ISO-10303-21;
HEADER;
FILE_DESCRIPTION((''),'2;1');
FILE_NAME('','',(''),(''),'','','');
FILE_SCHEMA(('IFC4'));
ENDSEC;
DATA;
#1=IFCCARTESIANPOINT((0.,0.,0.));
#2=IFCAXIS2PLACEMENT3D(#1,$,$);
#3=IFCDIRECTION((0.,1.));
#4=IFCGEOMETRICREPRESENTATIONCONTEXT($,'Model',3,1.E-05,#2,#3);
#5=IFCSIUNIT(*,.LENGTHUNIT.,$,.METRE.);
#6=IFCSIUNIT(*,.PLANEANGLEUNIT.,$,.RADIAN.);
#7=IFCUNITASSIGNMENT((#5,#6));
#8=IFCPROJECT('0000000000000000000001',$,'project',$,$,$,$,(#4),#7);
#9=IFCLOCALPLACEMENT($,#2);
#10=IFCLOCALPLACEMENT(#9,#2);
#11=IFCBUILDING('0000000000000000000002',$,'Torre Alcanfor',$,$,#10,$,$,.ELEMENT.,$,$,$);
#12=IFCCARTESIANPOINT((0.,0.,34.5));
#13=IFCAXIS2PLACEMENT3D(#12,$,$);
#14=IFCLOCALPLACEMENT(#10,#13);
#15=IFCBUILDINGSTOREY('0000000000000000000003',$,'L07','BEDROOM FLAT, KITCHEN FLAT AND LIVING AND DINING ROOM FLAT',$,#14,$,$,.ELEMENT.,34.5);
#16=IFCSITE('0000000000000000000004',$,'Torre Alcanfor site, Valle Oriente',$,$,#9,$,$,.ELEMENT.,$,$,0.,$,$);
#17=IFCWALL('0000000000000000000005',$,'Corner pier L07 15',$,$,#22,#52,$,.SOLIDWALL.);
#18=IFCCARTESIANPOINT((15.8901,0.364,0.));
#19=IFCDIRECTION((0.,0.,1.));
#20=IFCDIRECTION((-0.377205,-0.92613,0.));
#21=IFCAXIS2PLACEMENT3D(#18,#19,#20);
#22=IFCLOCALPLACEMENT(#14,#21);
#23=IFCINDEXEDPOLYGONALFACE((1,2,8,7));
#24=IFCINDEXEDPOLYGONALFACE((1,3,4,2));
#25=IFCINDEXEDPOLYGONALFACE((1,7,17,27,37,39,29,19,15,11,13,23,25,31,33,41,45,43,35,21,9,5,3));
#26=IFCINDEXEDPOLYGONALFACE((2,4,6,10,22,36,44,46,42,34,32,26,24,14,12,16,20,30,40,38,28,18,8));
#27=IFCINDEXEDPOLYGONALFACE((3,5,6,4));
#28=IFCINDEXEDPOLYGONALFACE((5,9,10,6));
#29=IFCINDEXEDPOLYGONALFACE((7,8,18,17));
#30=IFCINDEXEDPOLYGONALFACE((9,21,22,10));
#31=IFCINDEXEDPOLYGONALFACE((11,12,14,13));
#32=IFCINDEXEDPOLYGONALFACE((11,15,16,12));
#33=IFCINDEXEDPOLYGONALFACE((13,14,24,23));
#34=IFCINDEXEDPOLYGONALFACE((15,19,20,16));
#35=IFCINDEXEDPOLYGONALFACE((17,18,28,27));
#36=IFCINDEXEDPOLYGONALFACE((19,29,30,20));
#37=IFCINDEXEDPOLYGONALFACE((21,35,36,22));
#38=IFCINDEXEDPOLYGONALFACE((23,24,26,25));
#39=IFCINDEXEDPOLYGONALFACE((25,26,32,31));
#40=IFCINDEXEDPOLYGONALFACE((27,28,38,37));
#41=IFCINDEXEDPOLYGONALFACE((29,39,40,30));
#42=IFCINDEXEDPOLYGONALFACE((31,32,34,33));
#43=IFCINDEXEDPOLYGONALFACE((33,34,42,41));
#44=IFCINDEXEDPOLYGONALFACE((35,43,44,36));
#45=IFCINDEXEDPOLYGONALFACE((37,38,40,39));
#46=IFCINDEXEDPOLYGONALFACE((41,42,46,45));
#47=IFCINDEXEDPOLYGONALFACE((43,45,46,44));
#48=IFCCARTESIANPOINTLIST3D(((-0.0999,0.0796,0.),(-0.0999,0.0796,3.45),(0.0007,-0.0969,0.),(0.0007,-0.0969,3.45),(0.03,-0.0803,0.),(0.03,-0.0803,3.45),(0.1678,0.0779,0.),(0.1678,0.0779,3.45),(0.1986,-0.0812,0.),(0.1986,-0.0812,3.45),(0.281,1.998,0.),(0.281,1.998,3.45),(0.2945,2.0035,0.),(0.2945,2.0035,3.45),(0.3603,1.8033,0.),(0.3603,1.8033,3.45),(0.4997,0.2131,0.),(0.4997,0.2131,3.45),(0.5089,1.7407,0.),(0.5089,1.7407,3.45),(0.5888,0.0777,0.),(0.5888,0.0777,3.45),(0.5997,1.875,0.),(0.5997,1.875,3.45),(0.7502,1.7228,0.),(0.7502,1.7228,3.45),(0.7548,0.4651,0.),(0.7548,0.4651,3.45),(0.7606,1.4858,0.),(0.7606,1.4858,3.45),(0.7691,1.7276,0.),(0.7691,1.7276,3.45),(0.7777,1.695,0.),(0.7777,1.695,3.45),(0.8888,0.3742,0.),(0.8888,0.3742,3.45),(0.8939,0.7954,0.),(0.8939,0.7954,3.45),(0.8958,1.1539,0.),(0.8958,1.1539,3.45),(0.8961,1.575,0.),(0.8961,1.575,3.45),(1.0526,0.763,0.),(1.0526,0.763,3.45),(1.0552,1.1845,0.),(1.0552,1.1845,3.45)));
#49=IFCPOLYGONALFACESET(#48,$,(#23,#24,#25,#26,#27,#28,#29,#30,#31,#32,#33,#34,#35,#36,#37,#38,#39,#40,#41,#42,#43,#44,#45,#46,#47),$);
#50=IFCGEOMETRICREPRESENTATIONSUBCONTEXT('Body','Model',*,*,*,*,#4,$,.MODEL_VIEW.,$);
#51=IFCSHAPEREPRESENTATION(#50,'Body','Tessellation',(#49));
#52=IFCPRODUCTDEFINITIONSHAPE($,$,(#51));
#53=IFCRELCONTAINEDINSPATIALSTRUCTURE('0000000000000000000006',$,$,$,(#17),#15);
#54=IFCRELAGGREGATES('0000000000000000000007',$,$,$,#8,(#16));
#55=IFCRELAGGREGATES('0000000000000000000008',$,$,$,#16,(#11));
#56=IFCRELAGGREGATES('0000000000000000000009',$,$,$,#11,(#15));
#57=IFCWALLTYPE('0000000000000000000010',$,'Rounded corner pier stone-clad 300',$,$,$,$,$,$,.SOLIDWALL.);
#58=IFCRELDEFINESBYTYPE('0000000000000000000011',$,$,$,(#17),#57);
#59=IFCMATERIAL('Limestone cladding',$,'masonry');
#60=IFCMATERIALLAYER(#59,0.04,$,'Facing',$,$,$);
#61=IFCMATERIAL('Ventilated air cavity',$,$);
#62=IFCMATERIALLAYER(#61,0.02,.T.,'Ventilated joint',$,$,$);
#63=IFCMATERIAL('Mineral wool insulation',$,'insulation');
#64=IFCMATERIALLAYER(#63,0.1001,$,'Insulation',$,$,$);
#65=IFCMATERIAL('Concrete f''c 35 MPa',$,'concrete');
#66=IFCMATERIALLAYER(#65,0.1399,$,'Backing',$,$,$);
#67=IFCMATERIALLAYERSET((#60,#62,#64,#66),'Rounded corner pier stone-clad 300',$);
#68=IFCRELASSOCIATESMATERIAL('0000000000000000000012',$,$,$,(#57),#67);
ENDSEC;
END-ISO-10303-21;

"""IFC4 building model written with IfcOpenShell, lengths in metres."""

from ifc_helpers import new_model, si_unit, direction, frame, origin, place, context, subcontext, project, spatial, polyline, outline, extrude, material, layer, layer_set, type_object, element, save


model = new_model("IFC4")

# Units and contexts
model_context = context("Model", 3, precision=1e-05, world=origin(), true_north=direction((0.0, 1.0)))
body_context = subcontext(model_context, "Body", "Model", "MODEL_VIEW")
ifc_project = project(units=[si_unit("LENGTHUNIT", "METRE"), si_unit("PLANEANGLEUNIT", "RADIAN")], contexts=[model_context])

# Site, building, storey
site_placement = place(None, origin())
site = spatial("IfcSite", under=ifc_project, at=site_placement, Name="Torre Alcanfor site, Valle Oriente", CompositionType="ELEMENT", RefElevation=0.0)
building_placement = place(site_placement, origin())
building = spatial("IfcBuilding", under=site, at=building_placement, Name="Torre Alcanfor", CompositionType="ELEMENT")
storey_placement = place(building_placement, frame((0.0, 0.0, 34.5)))
storey = spatial("IfcBuildingStorey", under=building, at=storey_placement, Name="L07", Description="BEDROOM FLAT, KITCHEN FLAT AND LIVING AND DINING ROOM FLAT", CompositionType="ELEMENT", Elevation=34.5)

# Shared definitions
ifc_material_1 = material(Name="Limestone cladding", Category="masonry")
ifc_material_2 = material(Name="Ventilated air cavity")
ifc_material_3 = material(Name="Mineral wool insulation", Category="insulation")
ifc_material_4 = material(Name="Concrete f'c 35 MPa", Category="concrete")

# Wall
ifc_layer_1 = layer(ifc_material_1, 0.04, Name="Facing")
ifc_layer_2 = layer(ifc_material_2, 0.02, ventilated=True, Name="Ventilated joint")
ifc_layer_3 = layer(ifc_material_3, 0.1001, Name="Insulation")
ifc_layer_4 = layer(ifc_material_4, 0.1399, Name="Backing")
ifc_layer_set_1 = layer_set([ifc_layer_1, ifc_layer_2, ifc_layer_3, ifc_layer_4], Name="Rounded corner pier stone-clad 300")
wall_type_1 = type_object("IfcWallType", Name="Rounded corner pier stone-clad 300", PredefinedType="SOLIDWALL", material=ifc_layer_set_1)
wall_1_placement = place(storey_placement, frame((15.8901, 0.364, 0.0), z_axis=(0.0, 0.0, 1.0), x_axis=(-0.377205, -0.92613, 0.0)))
element("IfcWall", 1, at=wall_1_placement, inside=storey, type_object=wall_type_1, Name="Corner pier L07 15", PredefinedType="SOLIDWALL", context=body_context, shape_type="SweptSolid", body=[
    extrude(outline(polyline([(0.3603, 1.8033), (0.5089, 1.7407), (0.7606, 1.4858), (0.8958, 1.1539), (0.8939, 0.7954), (0.7548, 0.4651), (0.4997, 0.2131), (0.1678, 0.0779), (-0.0999, 0.0796), (0.0007, -0.0969), (0.03, -0.0803), (0.1986, -0.0812), (0.5888, 0.0777), (0.8888, 0.3742), (1.0526, 0.763), (1.0552, 1.1845), (0.8961, 1.575), (0.7777, 1.695), (0.7691, 1.7276), (0.7502, 1.7228), (0.5997, 1.875), (0.2945, 2.0035), (0.281, 1.998), (0.3603, 1.8033)])), origin(), (0.0, 0.0, 1.0), 3.45),
])

save(model, "model.ifc")
